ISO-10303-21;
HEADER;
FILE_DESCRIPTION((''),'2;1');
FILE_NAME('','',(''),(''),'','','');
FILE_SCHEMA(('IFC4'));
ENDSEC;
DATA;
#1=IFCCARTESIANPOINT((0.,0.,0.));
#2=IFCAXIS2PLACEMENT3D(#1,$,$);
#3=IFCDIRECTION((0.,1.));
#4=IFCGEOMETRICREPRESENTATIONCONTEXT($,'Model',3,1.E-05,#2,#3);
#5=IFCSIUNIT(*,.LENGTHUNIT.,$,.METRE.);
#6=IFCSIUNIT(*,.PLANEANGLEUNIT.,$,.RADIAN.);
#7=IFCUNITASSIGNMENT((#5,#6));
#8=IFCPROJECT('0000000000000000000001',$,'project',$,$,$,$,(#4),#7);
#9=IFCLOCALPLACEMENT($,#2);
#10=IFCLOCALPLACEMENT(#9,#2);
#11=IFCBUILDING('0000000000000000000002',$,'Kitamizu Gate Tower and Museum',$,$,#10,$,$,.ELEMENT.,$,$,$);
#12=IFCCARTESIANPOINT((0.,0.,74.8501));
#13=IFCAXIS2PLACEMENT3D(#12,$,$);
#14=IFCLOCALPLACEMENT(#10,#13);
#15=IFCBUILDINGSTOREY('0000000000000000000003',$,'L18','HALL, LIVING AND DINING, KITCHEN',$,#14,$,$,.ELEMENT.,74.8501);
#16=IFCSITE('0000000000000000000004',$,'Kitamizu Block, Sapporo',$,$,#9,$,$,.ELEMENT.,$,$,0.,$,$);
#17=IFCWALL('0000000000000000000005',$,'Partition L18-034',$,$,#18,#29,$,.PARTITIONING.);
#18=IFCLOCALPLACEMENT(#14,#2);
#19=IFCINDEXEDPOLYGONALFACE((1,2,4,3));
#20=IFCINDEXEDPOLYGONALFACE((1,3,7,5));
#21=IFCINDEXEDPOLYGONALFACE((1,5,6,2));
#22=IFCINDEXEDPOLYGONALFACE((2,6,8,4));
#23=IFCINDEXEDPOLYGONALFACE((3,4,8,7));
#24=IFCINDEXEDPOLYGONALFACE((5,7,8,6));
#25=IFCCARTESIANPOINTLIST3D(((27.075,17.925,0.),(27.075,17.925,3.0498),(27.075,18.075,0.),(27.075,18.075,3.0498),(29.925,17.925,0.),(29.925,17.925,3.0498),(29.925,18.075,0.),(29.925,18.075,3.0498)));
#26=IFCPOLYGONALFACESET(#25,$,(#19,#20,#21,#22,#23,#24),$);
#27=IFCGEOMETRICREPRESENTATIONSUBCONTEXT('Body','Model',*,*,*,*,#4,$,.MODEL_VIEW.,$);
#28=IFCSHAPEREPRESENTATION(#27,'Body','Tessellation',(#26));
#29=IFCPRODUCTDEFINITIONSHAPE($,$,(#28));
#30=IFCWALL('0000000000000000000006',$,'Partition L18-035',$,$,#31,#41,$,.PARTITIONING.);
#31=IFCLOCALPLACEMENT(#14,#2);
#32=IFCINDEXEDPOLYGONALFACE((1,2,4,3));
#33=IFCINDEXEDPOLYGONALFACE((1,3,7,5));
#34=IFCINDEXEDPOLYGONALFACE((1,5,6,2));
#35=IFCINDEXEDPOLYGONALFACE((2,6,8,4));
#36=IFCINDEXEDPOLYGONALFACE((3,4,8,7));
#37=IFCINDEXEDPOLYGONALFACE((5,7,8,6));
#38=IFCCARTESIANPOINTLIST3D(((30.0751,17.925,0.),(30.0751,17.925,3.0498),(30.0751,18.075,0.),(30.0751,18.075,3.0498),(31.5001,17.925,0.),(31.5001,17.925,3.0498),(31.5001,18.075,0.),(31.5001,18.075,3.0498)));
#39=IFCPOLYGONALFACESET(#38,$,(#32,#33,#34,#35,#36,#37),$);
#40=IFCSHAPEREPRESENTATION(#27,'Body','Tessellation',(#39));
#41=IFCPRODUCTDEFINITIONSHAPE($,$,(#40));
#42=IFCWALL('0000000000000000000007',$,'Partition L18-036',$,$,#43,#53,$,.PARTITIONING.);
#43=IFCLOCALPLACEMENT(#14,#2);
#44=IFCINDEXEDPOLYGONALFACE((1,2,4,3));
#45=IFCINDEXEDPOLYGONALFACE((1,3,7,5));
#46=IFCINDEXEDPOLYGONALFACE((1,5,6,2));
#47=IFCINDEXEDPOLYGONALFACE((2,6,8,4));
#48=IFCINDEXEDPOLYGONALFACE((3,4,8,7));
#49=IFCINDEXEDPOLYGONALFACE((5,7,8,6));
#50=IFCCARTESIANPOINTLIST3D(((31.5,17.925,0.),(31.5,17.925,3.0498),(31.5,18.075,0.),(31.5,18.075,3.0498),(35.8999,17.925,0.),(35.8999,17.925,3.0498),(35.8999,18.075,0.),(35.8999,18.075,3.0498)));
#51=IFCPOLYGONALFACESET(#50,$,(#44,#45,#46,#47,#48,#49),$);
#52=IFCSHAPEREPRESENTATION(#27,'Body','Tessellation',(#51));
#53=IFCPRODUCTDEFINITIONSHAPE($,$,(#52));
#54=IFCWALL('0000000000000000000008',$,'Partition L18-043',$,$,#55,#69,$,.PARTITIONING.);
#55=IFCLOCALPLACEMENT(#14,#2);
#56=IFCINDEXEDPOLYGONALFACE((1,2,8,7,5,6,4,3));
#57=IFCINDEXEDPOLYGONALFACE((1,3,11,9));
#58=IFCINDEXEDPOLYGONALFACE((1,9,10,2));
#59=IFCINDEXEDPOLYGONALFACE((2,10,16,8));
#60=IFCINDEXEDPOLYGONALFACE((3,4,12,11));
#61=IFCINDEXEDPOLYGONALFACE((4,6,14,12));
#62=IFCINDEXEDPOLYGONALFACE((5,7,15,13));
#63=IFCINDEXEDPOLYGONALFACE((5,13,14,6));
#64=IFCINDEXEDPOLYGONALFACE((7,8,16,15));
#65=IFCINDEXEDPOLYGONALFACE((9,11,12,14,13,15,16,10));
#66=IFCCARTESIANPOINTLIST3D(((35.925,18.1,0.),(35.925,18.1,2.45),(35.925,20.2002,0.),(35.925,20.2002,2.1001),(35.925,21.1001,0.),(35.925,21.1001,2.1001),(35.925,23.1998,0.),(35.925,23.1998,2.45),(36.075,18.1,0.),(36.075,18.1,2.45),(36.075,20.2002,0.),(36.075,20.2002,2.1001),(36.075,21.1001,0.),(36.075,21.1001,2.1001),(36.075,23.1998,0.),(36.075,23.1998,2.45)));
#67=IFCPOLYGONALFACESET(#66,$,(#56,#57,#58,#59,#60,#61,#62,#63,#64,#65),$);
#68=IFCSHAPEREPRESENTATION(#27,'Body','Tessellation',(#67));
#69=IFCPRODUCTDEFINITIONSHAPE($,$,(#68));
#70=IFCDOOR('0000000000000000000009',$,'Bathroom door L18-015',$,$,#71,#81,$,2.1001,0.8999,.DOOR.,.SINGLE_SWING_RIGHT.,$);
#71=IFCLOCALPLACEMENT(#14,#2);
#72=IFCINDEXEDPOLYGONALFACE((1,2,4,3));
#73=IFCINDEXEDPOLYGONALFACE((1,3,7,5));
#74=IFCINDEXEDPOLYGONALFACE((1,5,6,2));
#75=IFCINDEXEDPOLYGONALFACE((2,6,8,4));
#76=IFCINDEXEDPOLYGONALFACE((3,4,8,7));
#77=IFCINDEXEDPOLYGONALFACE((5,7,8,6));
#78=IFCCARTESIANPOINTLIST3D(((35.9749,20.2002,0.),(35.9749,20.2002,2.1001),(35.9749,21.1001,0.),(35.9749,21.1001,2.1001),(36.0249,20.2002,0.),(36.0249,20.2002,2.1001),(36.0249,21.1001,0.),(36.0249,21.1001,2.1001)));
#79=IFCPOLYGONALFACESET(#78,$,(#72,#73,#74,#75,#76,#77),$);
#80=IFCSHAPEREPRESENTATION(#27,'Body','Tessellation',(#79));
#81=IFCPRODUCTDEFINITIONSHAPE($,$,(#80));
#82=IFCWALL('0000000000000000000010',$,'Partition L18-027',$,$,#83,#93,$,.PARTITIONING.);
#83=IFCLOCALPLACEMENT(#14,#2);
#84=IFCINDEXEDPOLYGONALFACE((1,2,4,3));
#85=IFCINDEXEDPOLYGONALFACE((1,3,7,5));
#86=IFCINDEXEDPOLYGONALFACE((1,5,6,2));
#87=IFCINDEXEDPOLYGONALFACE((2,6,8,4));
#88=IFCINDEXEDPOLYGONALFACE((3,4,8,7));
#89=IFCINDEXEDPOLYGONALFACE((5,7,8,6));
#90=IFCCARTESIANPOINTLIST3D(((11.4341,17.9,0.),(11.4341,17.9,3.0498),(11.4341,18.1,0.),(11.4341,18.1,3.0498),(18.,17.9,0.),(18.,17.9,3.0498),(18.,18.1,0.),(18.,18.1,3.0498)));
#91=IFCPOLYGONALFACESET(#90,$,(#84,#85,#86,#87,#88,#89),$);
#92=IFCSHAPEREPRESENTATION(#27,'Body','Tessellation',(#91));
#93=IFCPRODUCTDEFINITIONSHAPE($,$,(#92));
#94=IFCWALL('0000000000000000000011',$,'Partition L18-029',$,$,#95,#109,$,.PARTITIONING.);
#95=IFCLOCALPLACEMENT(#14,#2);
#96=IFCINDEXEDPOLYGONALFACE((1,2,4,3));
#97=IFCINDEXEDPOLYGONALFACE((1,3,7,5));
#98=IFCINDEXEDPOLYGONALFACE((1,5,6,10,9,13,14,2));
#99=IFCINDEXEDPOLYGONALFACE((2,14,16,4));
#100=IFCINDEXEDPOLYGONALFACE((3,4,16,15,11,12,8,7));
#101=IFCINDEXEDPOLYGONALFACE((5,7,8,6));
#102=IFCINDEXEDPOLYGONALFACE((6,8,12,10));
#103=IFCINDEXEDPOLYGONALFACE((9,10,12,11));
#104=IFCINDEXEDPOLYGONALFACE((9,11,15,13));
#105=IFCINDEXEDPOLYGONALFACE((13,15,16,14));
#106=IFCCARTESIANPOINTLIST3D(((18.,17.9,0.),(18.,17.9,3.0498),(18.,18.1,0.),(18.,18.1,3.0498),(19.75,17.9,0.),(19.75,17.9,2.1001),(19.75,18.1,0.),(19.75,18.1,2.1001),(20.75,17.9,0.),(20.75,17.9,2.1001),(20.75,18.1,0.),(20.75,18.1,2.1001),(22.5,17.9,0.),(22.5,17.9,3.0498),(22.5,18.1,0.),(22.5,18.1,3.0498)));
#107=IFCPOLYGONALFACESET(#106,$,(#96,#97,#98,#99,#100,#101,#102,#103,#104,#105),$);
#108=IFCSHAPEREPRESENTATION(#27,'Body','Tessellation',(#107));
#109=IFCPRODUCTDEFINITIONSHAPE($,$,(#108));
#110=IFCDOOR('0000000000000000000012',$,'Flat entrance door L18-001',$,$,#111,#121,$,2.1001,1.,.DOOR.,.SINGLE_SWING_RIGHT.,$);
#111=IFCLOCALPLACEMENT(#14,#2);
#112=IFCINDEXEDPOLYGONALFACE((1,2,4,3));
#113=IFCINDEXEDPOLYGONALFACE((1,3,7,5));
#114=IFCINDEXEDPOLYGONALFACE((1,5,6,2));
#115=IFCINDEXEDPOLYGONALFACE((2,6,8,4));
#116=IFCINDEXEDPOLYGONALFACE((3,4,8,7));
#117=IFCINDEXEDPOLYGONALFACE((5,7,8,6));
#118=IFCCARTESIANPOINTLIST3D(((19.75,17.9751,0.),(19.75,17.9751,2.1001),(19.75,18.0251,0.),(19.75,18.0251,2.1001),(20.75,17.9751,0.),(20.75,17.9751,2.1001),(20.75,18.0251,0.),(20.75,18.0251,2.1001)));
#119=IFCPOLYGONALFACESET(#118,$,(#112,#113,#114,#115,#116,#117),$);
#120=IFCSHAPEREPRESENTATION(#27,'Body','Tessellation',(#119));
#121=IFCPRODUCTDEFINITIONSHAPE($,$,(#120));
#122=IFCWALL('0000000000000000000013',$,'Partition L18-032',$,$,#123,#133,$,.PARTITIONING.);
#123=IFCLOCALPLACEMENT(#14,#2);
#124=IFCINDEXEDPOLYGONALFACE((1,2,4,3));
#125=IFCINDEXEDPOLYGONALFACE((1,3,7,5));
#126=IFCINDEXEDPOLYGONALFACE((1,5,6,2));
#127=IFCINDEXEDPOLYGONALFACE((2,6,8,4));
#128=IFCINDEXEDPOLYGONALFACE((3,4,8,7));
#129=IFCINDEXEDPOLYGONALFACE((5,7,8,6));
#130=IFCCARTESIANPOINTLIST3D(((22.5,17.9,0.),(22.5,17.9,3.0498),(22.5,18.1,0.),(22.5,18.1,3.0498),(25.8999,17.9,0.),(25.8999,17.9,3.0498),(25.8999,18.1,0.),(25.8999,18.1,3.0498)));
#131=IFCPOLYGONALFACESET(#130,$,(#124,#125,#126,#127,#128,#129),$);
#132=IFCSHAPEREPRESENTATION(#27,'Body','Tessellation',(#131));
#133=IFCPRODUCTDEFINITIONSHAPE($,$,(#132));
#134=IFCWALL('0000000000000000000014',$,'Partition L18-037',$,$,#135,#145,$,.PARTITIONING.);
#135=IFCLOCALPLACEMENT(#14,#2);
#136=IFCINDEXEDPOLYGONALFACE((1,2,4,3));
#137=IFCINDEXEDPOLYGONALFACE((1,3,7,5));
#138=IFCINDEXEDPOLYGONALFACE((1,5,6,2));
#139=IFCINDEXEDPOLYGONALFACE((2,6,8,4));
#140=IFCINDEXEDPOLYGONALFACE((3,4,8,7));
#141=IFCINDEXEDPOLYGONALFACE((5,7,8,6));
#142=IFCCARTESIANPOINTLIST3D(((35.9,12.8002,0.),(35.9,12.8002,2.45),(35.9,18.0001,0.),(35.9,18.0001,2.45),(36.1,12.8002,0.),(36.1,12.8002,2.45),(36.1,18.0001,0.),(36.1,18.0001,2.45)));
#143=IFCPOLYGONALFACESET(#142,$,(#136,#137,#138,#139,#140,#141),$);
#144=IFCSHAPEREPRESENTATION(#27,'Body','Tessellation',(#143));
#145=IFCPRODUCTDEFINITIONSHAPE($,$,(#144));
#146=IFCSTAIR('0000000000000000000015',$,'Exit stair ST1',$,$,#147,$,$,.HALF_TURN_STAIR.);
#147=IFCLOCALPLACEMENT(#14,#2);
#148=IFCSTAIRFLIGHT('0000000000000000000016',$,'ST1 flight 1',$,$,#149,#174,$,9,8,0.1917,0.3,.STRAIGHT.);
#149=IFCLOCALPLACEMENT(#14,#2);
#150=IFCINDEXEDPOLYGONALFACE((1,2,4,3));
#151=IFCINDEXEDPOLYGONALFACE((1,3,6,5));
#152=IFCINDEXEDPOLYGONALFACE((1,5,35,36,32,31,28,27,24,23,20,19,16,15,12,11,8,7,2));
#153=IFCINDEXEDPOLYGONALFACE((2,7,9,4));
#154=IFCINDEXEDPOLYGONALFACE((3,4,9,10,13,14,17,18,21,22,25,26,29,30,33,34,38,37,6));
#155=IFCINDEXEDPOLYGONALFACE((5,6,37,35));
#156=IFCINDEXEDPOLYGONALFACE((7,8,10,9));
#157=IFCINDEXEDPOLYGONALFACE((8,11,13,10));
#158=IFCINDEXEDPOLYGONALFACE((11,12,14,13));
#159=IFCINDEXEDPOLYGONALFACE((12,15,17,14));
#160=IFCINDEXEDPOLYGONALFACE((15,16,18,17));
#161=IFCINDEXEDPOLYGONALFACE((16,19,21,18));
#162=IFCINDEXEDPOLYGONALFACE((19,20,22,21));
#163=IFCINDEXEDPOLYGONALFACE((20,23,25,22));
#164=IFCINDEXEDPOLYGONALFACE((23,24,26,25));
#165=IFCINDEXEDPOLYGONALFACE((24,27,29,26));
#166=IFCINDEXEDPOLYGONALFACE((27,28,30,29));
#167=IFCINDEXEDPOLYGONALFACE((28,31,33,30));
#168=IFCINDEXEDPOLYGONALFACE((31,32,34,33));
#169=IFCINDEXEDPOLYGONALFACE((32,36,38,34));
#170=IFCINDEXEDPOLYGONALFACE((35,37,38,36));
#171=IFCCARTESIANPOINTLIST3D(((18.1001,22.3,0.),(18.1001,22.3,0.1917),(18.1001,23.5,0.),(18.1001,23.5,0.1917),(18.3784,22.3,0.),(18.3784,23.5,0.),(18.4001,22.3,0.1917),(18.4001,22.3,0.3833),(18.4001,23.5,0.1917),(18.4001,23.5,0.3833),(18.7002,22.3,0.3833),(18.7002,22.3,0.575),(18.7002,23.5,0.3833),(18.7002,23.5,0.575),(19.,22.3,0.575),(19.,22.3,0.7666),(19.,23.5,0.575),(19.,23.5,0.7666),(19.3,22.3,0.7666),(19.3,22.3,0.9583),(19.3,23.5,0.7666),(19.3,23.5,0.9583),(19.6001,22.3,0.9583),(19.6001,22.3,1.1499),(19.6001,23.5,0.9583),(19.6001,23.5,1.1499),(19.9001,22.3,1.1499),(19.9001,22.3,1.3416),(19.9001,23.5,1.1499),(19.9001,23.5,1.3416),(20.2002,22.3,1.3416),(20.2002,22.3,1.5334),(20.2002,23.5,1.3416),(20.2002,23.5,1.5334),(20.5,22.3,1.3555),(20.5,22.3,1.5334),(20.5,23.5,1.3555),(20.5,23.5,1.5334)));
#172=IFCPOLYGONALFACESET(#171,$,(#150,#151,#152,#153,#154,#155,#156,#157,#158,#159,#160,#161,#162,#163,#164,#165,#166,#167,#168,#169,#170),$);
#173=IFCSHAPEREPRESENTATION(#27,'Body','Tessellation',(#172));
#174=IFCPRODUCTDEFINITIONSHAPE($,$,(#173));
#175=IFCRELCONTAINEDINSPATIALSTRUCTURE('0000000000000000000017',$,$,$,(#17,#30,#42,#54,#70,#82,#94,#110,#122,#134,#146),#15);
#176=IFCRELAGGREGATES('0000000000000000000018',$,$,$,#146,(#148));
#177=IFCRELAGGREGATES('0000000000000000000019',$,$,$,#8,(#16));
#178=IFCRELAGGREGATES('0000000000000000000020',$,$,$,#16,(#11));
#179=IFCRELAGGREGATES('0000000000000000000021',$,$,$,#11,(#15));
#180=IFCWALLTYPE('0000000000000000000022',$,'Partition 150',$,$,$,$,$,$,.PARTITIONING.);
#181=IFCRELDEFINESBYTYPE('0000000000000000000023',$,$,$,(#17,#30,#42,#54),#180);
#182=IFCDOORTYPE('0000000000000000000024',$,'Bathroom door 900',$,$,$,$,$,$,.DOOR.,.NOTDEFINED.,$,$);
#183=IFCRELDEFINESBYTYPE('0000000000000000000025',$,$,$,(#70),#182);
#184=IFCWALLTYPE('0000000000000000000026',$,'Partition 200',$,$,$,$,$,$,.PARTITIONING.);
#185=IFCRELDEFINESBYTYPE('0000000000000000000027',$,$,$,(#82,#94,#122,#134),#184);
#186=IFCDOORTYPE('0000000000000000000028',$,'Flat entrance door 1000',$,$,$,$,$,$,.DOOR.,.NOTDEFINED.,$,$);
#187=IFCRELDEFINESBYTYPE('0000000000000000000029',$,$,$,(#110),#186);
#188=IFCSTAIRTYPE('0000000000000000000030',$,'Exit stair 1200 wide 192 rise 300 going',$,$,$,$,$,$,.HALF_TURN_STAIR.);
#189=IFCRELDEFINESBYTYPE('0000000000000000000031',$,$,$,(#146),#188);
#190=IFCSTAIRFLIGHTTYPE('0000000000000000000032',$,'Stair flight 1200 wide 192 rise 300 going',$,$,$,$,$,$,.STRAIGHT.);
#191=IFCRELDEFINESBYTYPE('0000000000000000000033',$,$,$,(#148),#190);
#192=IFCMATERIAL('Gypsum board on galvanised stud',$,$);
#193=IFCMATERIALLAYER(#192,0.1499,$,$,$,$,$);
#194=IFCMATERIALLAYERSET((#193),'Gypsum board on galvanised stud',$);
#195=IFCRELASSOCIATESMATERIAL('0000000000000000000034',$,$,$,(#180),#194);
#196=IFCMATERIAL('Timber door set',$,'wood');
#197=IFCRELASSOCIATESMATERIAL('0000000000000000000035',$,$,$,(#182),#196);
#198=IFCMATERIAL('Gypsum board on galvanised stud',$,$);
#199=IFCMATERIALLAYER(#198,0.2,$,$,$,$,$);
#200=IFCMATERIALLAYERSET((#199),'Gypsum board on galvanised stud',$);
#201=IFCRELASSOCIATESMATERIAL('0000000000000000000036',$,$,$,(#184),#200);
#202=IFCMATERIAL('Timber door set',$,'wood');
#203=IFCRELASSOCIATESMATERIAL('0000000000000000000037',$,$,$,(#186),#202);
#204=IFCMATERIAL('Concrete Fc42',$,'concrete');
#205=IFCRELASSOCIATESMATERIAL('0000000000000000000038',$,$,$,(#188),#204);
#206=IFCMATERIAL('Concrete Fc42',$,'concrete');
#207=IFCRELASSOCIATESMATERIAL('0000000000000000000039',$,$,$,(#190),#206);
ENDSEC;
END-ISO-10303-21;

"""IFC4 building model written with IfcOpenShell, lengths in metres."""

from ifc_helpers import new_model, si_unit, direction, frame, frame_2d, origin, place, context, subcontext, project, spatial, polyline, rectangle, outline, extrude, material, layer, layer_set, type_object, element, fill, aggregate, save


model = new_model("IFC4")

# Units and contexts
model_context = context("Model", 3, precision=1e-05, world=origin(), true_north=direction((0.0, 1.0)))
body_context = subcontext(model_context, "Body", "Model", "MODEL_VIEW")
ifc_project = project(units=[si_unit("LENGTHUNIT", "METRE"), si_unit("PLANEANGLEUNIT", "RADIAN")], contexts=[model_context])

# Site, building, storey
site_placement = place(None, origin())
site = spatial("IfcSite", under=ifc_project, at=site_placement, Name="Kitamizu Block, Sapporo", CompositionType="ELEMENT", RefElevation=0.0)
building_placement = place(site_placement, origin())
building = spatial("IfcBuilding", under=site, at=building_placement, Name="Kitamizu Gate Tower and Museum", CompositionType="ELEMENT")
storey_placement = place(building_placement, frame((0.0, 0.0, 74.8501)))
storey = spatial("IfcBuildingStorey", under=building, at=storey_placement, Name="L18", Description="HALL, LIVING AND DINING, KITCHEN", CompositionType="ELEMENT", Elevation=74.8501)

# Shared definitions
ifc_material_1 = material(Name="Gypsum board on galvanised stud")
ifc_layer_1 = layer(ifc_material_1, 0.1499)
ifc_layer_set_1 = layer_set([ifc_layer_1], Name="Gypsum board on galvanised stud")
wall_type_1 = type_object("IfcWallType", Name="Partition 150", PredefinedType="PARTITIONING", material=ifc_layer_set_1)
ifc_material_2 = material(Name="Timber door set", Category="wood")
door_type_1 = type_object("IfcDoorType", Name="Bathroom door 900", OperationType="NOTDEFINED", PredefinedType="DOOR", material=ifc_material_2)

# Walls
wall_1_placement = place(storey_placement, frame((29.925, 18.0, 0.0), z_axis=(0.0, 0.0, 1.0), x_axis=(-1.0, 0.0, 0.0)))
element("IfcWall", 1, at=wall_1_placement, inside=storey, type_object=wall_type_1, Name="Partition L18-034", PredefinedType="PARTITIONING", context=body_context, shape_type="SweptSolid", body=[
    extrude(rectangle(XDim=2.8501, YDim=0.1499, at=frame_2d((1.425, 0.0))), origin(), (0.0, 0.0, 1.0), 3.0498),
])
wall_2_placement = place(storey_placement, frame((31.5, 18.0, 0.0), z_axis=(0.0, 0.0, 1.0), x_axis=(-1.0, 0.0, 0.0)))
element("IfcWall", 2, at=wall_2_placement, inside=storey, type_object=wall_type_1, Name="Partition L18-035", PredefinedType="PARTITIONING", context=body_context, shape_type="SweptSolid", body=[
    extrude(rectangle(XDim=1.425, YDim=0.1499, at=frame_2d((0.7124, 0.0))), origin(), (0.0, 0.0, 1.0), 3.0498),
])
wall_3_placement = place(storey_placement, frame((35.8999, 18.0, 0.0), z_axis=(0.0, 0.0, 1.0), x_axis=(-1.0, 0.0, 0.0)))
element("IfcWall", 3, at=wall_3_placement, inside=storey, type_object=wall_type_1, Name="Partition L18-036", PredefinedType="PARTITIONING", context=body_context, shape_type="SweptSolid", body=[
    extrude(rectangle(XDim=4.3999, YDim=0.1499, at=frame_2d((2.2, 0.0))), origin(), (0.0, 0.0, 1.0), 3.0498),
])

# Wall, opening, door
wall_4_placement = place(storey_placement, frame((36.0, 18.1001, 0.0), z_axis=(0.0, 0.0, 1.0), x_axis=(0.0, 1.0, 0.0)))
wall_4 = element("IfcWall", 4, at=wall_4_placement, inside=storey, type_object=wall_type_1, Name="Partition L18-043", PredefinedType="PARTITIONING", context=body_context, shape_type="SweptSolid", body=[
    extrude(rectangle(XDim=5.0999, YDim=0.1499, at=frame_2d((2.5498, 0.0))), origin(), (0.0, 0.0, 1.0), 2.45),
])
opening_1_placement = place(wall_4_placement, frame((2.1001, 0.0, 0.0)))
opening_1 = element("IfcOpeningElement", 5, at=opening_1_placement, cuts=wall_4, PredefinedType="OPENING", context=body_context, shape_type="SweptSolid", body=[
    extrude(rectangle(XDim=0.8999, YDim=2.1001, at=frame_2d((0.45, 1.05))), frame((0.0, 0.085, 0.0), z_axis=(0.0, -1.0, 0.0), x_axis=(1.0, 0.0, 0.0)), (0.0, 0.0, 1.0), 0.1699),
])
door_1_placement = place(opening_1_placement, frame((0.8999, 0.0, 0.0), x_axis=(-1.0, 0.0, 0.0)))
door_1 = element("IfcDoor", 6, at=door_1_placement, inside=storey, type_object=door_type_1, Name="Bathroom door L18-015", OperationType="SINGLE_SWING_RIGHT", OverallHeight=2.1001, OverallWidth=0.8999, PredefinedType="DOOR", context=body_context, shape_type="SweptSolid", body=[
    extrude(rectangle(XDim=0.8999, YDim=2.1001, at=frame_2d((0.45, 1.05))), frame((0.0, 0.0249, 0.0), z_axis=(0.0, -1.0, 0.0), x_axis=(1.0, 0.0, 0.0)), (0.0, 0.0, 1.0), 0.05),
])
fill(opening_1, door_1)

# Wall
ifc_material_3 = material(Name="Gypsum board on galvanised stud")
ifc_layer_2 = layer(ifc_material_3, 0.2)
ifc_layer_set_2 = layer_set([ifc_layer_2], Name="Gypsum board on galvanised stud")
wall_type_2 = type_object("IfcWallType", Name="Partition 200", PredefinedType="PARTITIONING", material=ifc_layer_set_2)
wall_5_placement = place(storey_placement, frame((18.0, 18.0, 0.0), z_axis=(0.0, 0.0, 1.0), x_axis=(-1.0, 0.0, 0.0)))
element("IfcWall", 7, at=wall_5_placement, inside=storey, type_object=wall_type_2, Name="Partition L18-027", PredefinedType="PARTITIONING", context=body_context, shape_type="SweptSolid", body=[
    extrude(rectangle(XDim=6.5659, YDim=0.2, at=frame_2d((3.283, 0.0))), origin(), (0.0, 0.0, 1.0), 3.0498),
])

# Wall, opening, door
wall_6_placement = place(storey_placement, frame((22.5, 18.0, 0.0), z_axis=(0.0, 0.0, 1.0), x_axis=(-1.0, 0.0, 0.0)))
wall_6 = element("IfcWall", 8, at=wall_6_placement, inside=storey, type_object=wall_type_2, Name="Partition L18-029", PredefinedType="PARTITIONING", context=body_context, shape_type="SweptSolid", body=[
    extrude(rectangle(XDim=4.5, YDim=0.2, at=frame_2d((2.25, 0.0))), origin(), (0.0, 0.0, 1.0), 3.0498),
])
opening_2_placement = place(wall_6_placement, frame((1.75, 0.0, 0.0)))
opening_2 = element("IfcOpeningElement", 9, at=opening_2_placement, cuts=wall_6, PredefinedType="OPENING", context=body_context, shape_type="SweptSolid", body=[
    extrude(rectangle(XDim=1.0, YDim=2.1001, at=frame_2d((0.5, 1.05))), frame((0.0, 0.1099, 0.0), z_axis=(0.0, -1.0, 0.0), x_axis=(1.0, 0.0, 0.0)), (0.0, 0.0, 1.0), 0.22),
])
ifc_material_4 = material(Name="Timber door set", Category="wood")
door_type_2 = type_object("IfcDoorType", Name="Flat entrance door 1000", OperationType="NOTDEFINED", PredefinedType="DOOR", material=ifc_material_4)
door_2_placement = place(opening_2_placement, origin())
door_2 = element("IfcDoor", 10, at=door_2_placement, inside=storey, type_object=door_type_2, Name="Flat entrance door L18-001", OperationType="SINGLE_SWING_RIGHT", OverallHeight=2.1001, OverallWidth=1.0, PredefinedType="DOOR", context=body_context, shape_type="SweptSolid", body=[
    extrude(rectangle(XDim=1.0, YDim=2.1001, at=frame_2d((0.5, 1.05))), frame((0.0, 0.0249, 0.0), z_axis=(0.0, -1.0, 0.0), x_axis=(1.0, 0.0, 0.0)), (0.0, 0.0, 1.0), 0.05),
])
fill(opening_2, door_2)

# Walls
wall_7_placement = place(storey_placement, frame((25.8999, 18.0, 0.0), z_axis=(0.0, 0.0, 1.0), x_axis=(-1.0, 0.0, 0.0)))
element("IfcWall", 11, at=wall_7_placement, inside=storey, type_object=wall_type_2, Name="Partition L18-032", PredefinedType="PARTITIONING", context=body_context, shape_type="SweptSolid", body=[
    extrude(rectangle(XDim=3.3999, YDim=0.2, at=frame_2d((1.7, 0.0))), origin(), (0.0, 0.0, 1.0), 3.0498),
])
wall_8_placement = place(storey_placement, frame((36.0, 12.8, 0.0), z_axis=(0.0, 0.0, 1.0), x_axis=(0.0, 1.0, 0.0)))
element("IfcWall", 12, at=wall_8_placement, inside=storey, type_object=wall_type_2, Name="Partition L18-037", PredefinedType="PARTITIONING", context=body_context, shape_type="SweptSolid", body=[
    extrude(rectangle(XDim=5.2, YDim=0.2, at=frame_2d((2.6001, 0.0))), origin(), (0.0, 0.0, 1.0), 2.45),
])

# Stair, stair flight
ifc_material_5 = material(Name="Concrete Fc42", Category="concrete")
stair_type = type_object("IfcStairType", Name="Exit stair 1200 wide 192 rise 300 going", PredefinedType="HALF_TURN_STAIR", material=ifc_material_5)
stair_placement = place(storey_placement, origin())
stair = element("IfcStair", 13, at=stair_placement, inside=storey, type_object=stair_type, Name="Exit stair ST1", PredefinedType="HALF_TURN_STAIR")
ifc_material_6 = material(Name="Concrete Fc42", Category="concrete")
stair_flight_type = type_object("IfcStairFlightType", Name="Stair flight 1200 wide 192 rise 300 going", PredefinedType="STRAIGHT", material=ifc_material_6)
stair_flight_placement = place(storey_placement, frame((18.1001, 22.8999, 0.0), z_axis=(0.0, 0.0, 1.0), x_axis=(1.0, 0.0, 0.0)))
stair_flight = element("IfcStairFlight", 14, at=stair_flight_placement, type_object=stair_flight_type, Name="ST1 flight 1", NumberOfRisers=9, NumberOfTreads=8, PredefinedType="STRAIGHT", RiserHeight=0.1917, TreadLength=0.3, context=body_context, shape_type="SweptSolid", body=[
    extrude(outline(polyline([(0.0, 0.0), (0.0, 0.1917), (0.3, 0.1917), (0.3, 0.3833), (0.6001, 0.3833), (0.6001, 0.575), (0.8999, 0.575), (0.8999, 0.7666), (1.2, 0.7666), (1.2, 0.9583), (1.5, 0.9583), (1.5, 1.1499), (1.8, 1.1499), (1.8, 1.3416), (2.1001, 1.3416), (2.1001, 1.5334), (2.3999, 1.5334), (2.3999, 1.7251), (2.3999, 1.3555), (0.2783, 0.0), (0.0, 0.0)])), frame((0.0, 0.6001, 0.0), z_axis=(0.0, -1.0, 0.0), x_axis=(1.0, 0.0, 0.0)), (0.0, 0.0, 1.0), 1.2),
])
aggregate(stair, [stair_flight])

save(model, "model.ifc")
